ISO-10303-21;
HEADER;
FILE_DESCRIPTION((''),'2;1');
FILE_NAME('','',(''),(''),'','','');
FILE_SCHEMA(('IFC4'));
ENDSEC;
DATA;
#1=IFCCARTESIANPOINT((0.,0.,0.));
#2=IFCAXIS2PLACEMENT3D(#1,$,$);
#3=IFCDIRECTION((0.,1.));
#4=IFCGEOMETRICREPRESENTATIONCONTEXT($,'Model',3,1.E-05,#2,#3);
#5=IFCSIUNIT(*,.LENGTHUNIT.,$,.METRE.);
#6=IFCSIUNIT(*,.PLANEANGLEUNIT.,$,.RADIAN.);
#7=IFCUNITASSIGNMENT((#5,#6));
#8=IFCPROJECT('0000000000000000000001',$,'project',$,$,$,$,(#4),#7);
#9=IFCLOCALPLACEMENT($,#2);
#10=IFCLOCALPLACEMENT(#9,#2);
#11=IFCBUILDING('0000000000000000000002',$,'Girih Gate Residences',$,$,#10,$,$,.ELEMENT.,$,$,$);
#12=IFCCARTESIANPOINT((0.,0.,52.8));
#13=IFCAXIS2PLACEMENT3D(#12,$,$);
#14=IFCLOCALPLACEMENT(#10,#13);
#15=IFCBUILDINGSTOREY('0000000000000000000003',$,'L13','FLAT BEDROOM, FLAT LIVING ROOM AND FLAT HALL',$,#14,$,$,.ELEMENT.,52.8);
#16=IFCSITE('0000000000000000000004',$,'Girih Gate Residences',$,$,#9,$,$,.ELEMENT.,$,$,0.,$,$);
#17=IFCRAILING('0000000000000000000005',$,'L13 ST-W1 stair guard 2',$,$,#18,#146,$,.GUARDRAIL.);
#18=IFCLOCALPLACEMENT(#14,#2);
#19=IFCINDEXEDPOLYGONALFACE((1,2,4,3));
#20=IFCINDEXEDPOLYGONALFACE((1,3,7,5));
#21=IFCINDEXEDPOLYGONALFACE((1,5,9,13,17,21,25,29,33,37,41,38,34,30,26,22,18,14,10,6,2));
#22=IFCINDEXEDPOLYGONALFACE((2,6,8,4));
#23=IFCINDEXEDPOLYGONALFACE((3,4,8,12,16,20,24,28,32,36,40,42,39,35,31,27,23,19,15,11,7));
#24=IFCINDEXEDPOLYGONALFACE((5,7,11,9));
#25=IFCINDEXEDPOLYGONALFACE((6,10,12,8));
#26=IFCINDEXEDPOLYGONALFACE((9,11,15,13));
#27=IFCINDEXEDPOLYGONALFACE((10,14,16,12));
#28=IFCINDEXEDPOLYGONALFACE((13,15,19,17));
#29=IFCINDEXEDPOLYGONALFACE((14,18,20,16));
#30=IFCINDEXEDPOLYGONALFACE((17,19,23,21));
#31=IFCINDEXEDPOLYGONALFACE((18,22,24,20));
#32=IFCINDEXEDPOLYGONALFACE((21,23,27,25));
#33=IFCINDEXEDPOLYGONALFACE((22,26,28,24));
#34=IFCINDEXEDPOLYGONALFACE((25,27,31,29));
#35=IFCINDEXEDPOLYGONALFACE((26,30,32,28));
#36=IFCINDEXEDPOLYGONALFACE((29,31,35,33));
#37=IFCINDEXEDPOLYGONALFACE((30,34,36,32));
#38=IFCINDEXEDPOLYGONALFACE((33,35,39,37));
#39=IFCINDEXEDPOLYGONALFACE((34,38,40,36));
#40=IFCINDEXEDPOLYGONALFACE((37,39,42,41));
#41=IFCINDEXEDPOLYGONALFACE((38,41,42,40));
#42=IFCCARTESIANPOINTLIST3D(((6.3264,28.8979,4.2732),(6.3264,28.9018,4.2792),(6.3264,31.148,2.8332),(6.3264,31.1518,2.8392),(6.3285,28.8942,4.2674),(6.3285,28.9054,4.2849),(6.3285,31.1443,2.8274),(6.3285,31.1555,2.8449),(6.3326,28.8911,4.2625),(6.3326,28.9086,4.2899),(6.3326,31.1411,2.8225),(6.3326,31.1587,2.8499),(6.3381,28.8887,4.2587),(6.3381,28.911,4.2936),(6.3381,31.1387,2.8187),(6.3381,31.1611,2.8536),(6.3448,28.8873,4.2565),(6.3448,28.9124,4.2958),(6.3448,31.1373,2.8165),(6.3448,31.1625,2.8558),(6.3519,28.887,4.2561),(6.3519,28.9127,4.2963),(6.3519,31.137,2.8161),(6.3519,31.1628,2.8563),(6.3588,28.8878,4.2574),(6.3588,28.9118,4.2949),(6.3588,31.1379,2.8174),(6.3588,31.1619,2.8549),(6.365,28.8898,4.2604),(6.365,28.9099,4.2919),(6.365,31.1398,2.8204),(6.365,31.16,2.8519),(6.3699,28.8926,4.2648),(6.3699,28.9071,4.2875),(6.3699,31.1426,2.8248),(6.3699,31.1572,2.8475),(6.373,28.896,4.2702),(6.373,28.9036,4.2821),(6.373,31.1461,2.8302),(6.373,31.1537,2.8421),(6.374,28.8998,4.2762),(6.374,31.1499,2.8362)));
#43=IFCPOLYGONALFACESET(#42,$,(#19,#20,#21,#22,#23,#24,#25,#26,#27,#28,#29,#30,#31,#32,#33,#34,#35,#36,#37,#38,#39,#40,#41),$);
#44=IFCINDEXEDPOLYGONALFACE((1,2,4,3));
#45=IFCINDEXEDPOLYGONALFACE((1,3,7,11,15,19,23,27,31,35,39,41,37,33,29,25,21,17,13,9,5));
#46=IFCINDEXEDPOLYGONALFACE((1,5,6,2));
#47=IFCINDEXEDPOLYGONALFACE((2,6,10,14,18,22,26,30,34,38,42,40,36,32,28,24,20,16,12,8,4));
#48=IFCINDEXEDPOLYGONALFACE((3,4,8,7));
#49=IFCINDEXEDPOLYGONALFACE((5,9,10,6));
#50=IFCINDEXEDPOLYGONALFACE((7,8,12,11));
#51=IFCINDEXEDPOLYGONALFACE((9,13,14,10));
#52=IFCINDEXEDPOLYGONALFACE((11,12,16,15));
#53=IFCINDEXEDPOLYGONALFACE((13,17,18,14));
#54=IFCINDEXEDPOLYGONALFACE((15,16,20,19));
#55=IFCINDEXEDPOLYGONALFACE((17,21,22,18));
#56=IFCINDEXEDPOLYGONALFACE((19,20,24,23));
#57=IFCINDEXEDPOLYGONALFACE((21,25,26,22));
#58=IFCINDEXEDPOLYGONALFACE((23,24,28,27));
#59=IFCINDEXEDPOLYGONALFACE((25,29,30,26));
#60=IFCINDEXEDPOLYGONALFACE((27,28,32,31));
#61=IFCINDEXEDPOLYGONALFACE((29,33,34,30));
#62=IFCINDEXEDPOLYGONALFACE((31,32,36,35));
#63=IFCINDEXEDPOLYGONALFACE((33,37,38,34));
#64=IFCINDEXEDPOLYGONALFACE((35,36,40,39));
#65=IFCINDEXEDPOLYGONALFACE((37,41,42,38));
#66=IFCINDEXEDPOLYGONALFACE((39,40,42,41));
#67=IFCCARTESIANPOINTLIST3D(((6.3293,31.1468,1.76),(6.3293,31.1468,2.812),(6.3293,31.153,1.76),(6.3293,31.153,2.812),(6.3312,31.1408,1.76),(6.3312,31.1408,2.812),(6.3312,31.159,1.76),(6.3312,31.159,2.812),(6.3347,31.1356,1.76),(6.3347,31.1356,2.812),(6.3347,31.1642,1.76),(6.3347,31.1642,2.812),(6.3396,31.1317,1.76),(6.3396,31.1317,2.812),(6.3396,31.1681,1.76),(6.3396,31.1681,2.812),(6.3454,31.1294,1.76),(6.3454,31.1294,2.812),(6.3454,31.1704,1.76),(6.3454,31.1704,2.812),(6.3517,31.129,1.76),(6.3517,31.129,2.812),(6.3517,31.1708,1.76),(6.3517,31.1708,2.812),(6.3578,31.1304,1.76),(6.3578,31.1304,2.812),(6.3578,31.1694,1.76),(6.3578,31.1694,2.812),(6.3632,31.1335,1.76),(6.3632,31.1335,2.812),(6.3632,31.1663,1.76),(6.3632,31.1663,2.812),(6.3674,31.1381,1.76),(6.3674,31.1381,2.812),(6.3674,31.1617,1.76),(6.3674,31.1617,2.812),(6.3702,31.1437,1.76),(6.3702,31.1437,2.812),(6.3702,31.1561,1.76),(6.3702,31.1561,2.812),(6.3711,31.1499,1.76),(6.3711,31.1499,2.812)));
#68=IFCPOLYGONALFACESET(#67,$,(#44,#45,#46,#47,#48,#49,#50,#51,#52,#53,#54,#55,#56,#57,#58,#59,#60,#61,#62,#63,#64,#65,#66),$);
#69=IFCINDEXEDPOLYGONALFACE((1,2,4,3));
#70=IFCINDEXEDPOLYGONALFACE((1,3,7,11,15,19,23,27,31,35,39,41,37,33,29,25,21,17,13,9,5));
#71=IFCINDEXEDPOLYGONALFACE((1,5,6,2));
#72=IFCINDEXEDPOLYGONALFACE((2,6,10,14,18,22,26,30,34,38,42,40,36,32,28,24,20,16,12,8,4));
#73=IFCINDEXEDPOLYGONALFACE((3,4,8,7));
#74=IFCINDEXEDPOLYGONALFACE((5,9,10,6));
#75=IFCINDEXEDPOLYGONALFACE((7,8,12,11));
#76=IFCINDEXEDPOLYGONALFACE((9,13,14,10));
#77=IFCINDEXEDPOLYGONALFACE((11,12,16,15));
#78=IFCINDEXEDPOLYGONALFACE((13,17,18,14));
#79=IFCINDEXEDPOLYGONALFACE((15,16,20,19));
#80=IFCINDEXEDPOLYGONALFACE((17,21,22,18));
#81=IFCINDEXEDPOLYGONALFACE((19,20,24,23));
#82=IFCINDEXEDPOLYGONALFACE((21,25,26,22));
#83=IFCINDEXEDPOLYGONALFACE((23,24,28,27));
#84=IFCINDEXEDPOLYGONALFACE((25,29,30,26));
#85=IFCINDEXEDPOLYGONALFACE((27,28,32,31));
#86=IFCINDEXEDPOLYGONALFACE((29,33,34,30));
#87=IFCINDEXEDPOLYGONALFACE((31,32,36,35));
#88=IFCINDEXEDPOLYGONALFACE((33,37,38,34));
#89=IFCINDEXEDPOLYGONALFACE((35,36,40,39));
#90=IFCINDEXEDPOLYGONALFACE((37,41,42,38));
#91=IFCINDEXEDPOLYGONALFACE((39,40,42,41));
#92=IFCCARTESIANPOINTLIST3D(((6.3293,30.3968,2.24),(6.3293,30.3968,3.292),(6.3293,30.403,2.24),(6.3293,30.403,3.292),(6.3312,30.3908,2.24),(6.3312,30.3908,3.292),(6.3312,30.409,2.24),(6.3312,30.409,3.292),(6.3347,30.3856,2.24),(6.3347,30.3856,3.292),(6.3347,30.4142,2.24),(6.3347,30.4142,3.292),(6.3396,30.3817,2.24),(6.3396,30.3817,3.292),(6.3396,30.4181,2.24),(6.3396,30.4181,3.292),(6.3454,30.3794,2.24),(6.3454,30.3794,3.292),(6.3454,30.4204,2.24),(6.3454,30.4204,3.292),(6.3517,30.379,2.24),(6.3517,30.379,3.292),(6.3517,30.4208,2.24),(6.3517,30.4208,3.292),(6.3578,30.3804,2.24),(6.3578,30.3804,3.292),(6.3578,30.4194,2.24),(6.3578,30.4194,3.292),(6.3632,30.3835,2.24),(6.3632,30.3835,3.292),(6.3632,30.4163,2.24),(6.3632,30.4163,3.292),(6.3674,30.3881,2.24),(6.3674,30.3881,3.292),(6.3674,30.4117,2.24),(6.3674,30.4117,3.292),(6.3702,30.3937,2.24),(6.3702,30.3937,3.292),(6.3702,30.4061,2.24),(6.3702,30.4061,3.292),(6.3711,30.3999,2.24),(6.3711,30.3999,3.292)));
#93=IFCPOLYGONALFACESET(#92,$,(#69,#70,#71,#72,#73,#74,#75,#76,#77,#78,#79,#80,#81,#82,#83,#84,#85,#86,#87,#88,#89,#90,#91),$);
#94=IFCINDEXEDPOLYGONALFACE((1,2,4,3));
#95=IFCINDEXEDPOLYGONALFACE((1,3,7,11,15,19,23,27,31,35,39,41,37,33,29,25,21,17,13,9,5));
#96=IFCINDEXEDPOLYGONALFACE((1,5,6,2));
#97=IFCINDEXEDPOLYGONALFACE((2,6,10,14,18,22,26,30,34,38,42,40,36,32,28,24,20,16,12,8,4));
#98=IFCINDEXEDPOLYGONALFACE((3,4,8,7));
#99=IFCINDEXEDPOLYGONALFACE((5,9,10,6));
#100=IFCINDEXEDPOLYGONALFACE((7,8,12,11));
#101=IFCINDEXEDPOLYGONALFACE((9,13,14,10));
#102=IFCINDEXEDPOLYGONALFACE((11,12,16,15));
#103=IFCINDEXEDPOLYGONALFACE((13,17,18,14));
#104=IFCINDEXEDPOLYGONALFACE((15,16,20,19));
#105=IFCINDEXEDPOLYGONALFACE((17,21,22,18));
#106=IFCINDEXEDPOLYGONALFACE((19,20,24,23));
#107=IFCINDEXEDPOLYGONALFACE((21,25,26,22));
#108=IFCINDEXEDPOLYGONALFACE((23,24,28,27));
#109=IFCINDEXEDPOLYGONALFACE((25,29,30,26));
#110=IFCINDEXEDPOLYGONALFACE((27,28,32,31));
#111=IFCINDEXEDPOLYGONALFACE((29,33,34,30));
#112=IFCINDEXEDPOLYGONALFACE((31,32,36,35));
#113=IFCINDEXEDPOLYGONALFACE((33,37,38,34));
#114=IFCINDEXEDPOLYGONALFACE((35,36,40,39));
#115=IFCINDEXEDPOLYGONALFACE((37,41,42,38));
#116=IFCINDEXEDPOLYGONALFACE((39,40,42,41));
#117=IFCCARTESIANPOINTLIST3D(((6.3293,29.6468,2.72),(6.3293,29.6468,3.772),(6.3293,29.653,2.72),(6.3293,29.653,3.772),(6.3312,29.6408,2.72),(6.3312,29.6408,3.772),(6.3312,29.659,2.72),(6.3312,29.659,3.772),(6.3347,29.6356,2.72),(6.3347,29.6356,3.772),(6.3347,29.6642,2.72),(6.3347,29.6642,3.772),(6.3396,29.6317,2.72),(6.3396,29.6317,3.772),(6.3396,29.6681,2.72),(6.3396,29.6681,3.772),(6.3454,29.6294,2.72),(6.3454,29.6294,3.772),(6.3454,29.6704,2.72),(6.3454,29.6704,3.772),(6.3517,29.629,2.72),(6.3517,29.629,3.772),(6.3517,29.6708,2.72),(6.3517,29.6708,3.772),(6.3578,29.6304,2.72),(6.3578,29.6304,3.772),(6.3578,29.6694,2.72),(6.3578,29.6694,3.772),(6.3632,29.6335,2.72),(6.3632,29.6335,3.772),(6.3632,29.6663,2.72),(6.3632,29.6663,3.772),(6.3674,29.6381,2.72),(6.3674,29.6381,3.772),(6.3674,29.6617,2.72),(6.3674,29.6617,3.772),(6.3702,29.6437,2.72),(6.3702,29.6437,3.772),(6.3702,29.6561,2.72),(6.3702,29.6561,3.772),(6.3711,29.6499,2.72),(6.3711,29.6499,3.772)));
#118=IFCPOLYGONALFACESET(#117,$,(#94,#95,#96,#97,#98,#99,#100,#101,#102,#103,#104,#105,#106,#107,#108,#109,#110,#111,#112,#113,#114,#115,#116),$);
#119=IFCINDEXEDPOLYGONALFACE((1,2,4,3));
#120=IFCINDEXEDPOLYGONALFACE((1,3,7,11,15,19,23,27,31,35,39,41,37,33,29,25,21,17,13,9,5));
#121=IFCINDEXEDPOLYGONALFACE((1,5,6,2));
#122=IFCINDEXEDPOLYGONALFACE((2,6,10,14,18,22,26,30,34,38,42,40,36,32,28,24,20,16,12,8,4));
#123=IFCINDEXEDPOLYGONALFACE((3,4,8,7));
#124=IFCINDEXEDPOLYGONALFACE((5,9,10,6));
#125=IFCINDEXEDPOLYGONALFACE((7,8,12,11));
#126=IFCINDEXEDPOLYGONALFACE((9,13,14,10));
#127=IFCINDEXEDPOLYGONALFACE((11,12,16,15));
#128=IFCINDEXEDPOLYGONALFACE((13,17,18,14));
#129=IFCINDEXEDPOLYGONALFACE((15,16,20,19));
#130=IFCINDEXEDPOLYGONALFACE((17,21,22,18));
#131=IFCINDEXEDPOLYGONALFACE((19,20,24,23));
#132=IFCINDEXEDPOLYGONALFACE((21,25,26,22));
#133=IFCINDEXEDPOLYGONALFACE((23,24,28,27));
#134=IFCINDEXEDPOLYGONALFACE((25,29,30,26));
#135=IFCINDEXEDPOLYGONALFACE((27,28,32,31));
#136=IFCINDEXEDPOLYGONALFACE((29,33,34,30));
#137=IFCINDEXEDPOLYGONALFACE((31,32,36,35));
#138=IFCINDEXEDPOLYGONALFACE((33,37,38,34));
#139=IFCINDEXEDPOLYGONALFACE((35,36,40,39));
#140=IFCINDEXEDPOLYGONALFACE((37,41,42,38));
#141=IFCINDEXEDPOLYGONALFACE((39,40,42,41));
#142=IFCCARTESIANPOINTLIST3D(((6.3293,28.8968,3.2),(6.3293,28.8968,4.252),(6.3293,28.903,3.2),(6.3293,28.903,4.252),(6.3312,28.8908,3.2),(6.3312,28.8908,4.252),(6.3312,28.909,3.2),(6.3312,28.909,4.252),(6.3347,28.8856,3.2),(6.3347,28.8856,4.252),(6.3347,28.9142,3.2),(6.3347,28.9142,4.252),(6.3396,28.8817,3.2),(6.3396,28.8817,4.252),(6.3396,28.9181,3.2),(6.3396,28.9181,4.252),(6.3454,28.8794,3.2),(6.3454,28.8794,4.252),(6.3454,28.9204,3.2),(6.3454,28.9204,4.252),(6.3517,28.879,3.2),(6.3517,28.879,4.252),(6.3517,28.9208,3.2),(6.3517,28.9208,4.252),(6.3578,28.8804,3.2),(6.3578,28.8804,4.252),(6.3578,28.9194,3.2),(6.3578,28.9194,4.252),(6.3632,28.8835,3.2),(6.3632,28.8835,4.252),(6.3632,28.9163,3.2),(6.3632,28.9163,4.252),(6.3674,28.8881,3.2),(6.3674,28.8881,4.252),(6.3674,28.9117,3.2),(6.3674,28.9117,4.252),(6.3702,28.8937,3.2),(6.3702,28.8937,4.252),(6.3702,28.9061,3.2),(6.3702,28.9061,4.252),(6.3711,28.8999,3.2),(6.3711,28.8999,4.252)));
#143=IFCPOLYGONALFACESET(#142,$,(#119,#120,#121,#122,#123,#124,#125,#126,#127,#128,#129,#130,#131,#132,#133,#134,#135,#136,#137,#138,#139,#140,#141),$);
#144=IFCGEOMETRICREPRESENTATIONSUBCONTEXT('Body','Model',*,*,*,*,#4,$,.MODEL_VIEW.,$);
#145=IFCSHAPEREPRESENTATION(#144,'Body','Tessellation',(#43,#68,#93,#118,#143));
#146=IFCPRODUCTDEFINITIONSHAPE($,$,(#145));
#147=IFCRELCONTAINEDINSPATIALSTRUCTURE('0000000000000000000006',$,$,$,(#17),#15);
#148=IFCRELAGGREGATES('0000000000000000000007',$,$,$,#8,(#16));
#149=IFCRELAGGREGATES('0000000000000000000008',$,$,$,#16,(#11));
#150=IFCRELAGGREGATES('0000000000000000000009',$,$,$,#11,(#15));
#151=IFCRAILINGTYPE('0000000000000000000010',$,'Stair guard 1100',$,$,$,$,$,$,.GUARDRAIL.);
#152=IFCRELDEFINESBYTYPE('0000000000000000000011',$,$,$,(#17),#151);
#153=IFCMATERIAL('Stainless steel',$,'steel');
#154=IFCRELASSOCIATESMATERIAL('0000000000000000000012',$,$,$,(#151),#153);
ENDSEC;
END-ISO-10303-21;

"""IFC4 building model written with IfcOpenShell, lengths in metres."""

from ifc_helpers import new_model, si_unit, direction, frame, origin, origin_2d, place, context, subcontext, project, spatial, circle, extrude, material, type_object, element, save


model = new_model("IFC4")

# Units and contexts
model_context = context("Model", 3, precision=1e-05, world=origin(), true_north=direction((0.0, 1.0)))
body_context = subcontext(model_context, "Body", "Model", "MODEL_VIEW")
ifc_project = project(units=[si_unit("LENGTHUNIT", "METRE"), si_unit("PLANEANGLEUNIT", "RADIAN")], contexts=[model_context])

# Site, building, storey
site_placement = place(None, origin())
site = spatial("IfcSite", under=ifc_project, at=site_placement, Name="Girih Gate Residences", CompositionType="ELEMENT", RefElevation=0.0)
building_placement = place(site_placement, origin())
building = spatial("IfcBuilding", under=site, at=building_placement, Name="Girih Gate Residences", CompositionType="ELEMENT")
storey_placement = place(building_placement, frame((0.0, 0.0, 52.8)))
storey = spatial("IfcBuildingStorey", under=building, at=storey_placement, Name="L13", Description="FLAT BEDROOM, FLAT LIVING ROOM AND FLAT HALL", CompositionType="ELEMENT", Elevation=52.8)

# Shared definitions
ifc_material_1 = material(Name="Stainless steel", Category="steel")

# Railing
railing_type = type_object("IfcRailingType", Name="Stair guard 1100", PredefinedType="GUARDRAIL", material=ifc_material_1)
railing_placement = place(storey_placement, frame((6.3501, 31.1499, 1.76)))
element("IfcRailing", 1, at=railing_placement, inside=storey, type_object=railing_type, Name="L13 ST-W1 stair guard 2", PredefinedType="GUARDRAIL", context=body_context, shape_type="SweptSolid", body=[
    extrude(circle(Radius=0.0239, at=origin_2d()), frame((0.0, 0.0, 1.0762), z_axis=(0.0, -0.842281, 0.539038), x_axis=(1.0, 0.0, 0.0)), (0.0, 0.0, 1.0), 2.6714),
    extrude(circle(Radius=0.021, at=origin_2d()), origin(), (0.0, 0.0, 1.0), 1.052),
    extrude(circle(Radius=0.021, at=origin_2d()), frame((0.0, -0.75, 0.48)), (0.0, 0.0, 1.0), 1.052),
    extrude(circle(Radius=0.021, at=origin_2d()), frame((0.0, -1.5, 0.96)), (0.0, 0.0, 1.0), 1.052),
    extrude(circle(Radius=0.021, at=origin_2d()), frame((0.0, -2.25, 1.4399)), (0.0, 0.0, 1.0), 1.052),
])

save(model, "model.ifc")
